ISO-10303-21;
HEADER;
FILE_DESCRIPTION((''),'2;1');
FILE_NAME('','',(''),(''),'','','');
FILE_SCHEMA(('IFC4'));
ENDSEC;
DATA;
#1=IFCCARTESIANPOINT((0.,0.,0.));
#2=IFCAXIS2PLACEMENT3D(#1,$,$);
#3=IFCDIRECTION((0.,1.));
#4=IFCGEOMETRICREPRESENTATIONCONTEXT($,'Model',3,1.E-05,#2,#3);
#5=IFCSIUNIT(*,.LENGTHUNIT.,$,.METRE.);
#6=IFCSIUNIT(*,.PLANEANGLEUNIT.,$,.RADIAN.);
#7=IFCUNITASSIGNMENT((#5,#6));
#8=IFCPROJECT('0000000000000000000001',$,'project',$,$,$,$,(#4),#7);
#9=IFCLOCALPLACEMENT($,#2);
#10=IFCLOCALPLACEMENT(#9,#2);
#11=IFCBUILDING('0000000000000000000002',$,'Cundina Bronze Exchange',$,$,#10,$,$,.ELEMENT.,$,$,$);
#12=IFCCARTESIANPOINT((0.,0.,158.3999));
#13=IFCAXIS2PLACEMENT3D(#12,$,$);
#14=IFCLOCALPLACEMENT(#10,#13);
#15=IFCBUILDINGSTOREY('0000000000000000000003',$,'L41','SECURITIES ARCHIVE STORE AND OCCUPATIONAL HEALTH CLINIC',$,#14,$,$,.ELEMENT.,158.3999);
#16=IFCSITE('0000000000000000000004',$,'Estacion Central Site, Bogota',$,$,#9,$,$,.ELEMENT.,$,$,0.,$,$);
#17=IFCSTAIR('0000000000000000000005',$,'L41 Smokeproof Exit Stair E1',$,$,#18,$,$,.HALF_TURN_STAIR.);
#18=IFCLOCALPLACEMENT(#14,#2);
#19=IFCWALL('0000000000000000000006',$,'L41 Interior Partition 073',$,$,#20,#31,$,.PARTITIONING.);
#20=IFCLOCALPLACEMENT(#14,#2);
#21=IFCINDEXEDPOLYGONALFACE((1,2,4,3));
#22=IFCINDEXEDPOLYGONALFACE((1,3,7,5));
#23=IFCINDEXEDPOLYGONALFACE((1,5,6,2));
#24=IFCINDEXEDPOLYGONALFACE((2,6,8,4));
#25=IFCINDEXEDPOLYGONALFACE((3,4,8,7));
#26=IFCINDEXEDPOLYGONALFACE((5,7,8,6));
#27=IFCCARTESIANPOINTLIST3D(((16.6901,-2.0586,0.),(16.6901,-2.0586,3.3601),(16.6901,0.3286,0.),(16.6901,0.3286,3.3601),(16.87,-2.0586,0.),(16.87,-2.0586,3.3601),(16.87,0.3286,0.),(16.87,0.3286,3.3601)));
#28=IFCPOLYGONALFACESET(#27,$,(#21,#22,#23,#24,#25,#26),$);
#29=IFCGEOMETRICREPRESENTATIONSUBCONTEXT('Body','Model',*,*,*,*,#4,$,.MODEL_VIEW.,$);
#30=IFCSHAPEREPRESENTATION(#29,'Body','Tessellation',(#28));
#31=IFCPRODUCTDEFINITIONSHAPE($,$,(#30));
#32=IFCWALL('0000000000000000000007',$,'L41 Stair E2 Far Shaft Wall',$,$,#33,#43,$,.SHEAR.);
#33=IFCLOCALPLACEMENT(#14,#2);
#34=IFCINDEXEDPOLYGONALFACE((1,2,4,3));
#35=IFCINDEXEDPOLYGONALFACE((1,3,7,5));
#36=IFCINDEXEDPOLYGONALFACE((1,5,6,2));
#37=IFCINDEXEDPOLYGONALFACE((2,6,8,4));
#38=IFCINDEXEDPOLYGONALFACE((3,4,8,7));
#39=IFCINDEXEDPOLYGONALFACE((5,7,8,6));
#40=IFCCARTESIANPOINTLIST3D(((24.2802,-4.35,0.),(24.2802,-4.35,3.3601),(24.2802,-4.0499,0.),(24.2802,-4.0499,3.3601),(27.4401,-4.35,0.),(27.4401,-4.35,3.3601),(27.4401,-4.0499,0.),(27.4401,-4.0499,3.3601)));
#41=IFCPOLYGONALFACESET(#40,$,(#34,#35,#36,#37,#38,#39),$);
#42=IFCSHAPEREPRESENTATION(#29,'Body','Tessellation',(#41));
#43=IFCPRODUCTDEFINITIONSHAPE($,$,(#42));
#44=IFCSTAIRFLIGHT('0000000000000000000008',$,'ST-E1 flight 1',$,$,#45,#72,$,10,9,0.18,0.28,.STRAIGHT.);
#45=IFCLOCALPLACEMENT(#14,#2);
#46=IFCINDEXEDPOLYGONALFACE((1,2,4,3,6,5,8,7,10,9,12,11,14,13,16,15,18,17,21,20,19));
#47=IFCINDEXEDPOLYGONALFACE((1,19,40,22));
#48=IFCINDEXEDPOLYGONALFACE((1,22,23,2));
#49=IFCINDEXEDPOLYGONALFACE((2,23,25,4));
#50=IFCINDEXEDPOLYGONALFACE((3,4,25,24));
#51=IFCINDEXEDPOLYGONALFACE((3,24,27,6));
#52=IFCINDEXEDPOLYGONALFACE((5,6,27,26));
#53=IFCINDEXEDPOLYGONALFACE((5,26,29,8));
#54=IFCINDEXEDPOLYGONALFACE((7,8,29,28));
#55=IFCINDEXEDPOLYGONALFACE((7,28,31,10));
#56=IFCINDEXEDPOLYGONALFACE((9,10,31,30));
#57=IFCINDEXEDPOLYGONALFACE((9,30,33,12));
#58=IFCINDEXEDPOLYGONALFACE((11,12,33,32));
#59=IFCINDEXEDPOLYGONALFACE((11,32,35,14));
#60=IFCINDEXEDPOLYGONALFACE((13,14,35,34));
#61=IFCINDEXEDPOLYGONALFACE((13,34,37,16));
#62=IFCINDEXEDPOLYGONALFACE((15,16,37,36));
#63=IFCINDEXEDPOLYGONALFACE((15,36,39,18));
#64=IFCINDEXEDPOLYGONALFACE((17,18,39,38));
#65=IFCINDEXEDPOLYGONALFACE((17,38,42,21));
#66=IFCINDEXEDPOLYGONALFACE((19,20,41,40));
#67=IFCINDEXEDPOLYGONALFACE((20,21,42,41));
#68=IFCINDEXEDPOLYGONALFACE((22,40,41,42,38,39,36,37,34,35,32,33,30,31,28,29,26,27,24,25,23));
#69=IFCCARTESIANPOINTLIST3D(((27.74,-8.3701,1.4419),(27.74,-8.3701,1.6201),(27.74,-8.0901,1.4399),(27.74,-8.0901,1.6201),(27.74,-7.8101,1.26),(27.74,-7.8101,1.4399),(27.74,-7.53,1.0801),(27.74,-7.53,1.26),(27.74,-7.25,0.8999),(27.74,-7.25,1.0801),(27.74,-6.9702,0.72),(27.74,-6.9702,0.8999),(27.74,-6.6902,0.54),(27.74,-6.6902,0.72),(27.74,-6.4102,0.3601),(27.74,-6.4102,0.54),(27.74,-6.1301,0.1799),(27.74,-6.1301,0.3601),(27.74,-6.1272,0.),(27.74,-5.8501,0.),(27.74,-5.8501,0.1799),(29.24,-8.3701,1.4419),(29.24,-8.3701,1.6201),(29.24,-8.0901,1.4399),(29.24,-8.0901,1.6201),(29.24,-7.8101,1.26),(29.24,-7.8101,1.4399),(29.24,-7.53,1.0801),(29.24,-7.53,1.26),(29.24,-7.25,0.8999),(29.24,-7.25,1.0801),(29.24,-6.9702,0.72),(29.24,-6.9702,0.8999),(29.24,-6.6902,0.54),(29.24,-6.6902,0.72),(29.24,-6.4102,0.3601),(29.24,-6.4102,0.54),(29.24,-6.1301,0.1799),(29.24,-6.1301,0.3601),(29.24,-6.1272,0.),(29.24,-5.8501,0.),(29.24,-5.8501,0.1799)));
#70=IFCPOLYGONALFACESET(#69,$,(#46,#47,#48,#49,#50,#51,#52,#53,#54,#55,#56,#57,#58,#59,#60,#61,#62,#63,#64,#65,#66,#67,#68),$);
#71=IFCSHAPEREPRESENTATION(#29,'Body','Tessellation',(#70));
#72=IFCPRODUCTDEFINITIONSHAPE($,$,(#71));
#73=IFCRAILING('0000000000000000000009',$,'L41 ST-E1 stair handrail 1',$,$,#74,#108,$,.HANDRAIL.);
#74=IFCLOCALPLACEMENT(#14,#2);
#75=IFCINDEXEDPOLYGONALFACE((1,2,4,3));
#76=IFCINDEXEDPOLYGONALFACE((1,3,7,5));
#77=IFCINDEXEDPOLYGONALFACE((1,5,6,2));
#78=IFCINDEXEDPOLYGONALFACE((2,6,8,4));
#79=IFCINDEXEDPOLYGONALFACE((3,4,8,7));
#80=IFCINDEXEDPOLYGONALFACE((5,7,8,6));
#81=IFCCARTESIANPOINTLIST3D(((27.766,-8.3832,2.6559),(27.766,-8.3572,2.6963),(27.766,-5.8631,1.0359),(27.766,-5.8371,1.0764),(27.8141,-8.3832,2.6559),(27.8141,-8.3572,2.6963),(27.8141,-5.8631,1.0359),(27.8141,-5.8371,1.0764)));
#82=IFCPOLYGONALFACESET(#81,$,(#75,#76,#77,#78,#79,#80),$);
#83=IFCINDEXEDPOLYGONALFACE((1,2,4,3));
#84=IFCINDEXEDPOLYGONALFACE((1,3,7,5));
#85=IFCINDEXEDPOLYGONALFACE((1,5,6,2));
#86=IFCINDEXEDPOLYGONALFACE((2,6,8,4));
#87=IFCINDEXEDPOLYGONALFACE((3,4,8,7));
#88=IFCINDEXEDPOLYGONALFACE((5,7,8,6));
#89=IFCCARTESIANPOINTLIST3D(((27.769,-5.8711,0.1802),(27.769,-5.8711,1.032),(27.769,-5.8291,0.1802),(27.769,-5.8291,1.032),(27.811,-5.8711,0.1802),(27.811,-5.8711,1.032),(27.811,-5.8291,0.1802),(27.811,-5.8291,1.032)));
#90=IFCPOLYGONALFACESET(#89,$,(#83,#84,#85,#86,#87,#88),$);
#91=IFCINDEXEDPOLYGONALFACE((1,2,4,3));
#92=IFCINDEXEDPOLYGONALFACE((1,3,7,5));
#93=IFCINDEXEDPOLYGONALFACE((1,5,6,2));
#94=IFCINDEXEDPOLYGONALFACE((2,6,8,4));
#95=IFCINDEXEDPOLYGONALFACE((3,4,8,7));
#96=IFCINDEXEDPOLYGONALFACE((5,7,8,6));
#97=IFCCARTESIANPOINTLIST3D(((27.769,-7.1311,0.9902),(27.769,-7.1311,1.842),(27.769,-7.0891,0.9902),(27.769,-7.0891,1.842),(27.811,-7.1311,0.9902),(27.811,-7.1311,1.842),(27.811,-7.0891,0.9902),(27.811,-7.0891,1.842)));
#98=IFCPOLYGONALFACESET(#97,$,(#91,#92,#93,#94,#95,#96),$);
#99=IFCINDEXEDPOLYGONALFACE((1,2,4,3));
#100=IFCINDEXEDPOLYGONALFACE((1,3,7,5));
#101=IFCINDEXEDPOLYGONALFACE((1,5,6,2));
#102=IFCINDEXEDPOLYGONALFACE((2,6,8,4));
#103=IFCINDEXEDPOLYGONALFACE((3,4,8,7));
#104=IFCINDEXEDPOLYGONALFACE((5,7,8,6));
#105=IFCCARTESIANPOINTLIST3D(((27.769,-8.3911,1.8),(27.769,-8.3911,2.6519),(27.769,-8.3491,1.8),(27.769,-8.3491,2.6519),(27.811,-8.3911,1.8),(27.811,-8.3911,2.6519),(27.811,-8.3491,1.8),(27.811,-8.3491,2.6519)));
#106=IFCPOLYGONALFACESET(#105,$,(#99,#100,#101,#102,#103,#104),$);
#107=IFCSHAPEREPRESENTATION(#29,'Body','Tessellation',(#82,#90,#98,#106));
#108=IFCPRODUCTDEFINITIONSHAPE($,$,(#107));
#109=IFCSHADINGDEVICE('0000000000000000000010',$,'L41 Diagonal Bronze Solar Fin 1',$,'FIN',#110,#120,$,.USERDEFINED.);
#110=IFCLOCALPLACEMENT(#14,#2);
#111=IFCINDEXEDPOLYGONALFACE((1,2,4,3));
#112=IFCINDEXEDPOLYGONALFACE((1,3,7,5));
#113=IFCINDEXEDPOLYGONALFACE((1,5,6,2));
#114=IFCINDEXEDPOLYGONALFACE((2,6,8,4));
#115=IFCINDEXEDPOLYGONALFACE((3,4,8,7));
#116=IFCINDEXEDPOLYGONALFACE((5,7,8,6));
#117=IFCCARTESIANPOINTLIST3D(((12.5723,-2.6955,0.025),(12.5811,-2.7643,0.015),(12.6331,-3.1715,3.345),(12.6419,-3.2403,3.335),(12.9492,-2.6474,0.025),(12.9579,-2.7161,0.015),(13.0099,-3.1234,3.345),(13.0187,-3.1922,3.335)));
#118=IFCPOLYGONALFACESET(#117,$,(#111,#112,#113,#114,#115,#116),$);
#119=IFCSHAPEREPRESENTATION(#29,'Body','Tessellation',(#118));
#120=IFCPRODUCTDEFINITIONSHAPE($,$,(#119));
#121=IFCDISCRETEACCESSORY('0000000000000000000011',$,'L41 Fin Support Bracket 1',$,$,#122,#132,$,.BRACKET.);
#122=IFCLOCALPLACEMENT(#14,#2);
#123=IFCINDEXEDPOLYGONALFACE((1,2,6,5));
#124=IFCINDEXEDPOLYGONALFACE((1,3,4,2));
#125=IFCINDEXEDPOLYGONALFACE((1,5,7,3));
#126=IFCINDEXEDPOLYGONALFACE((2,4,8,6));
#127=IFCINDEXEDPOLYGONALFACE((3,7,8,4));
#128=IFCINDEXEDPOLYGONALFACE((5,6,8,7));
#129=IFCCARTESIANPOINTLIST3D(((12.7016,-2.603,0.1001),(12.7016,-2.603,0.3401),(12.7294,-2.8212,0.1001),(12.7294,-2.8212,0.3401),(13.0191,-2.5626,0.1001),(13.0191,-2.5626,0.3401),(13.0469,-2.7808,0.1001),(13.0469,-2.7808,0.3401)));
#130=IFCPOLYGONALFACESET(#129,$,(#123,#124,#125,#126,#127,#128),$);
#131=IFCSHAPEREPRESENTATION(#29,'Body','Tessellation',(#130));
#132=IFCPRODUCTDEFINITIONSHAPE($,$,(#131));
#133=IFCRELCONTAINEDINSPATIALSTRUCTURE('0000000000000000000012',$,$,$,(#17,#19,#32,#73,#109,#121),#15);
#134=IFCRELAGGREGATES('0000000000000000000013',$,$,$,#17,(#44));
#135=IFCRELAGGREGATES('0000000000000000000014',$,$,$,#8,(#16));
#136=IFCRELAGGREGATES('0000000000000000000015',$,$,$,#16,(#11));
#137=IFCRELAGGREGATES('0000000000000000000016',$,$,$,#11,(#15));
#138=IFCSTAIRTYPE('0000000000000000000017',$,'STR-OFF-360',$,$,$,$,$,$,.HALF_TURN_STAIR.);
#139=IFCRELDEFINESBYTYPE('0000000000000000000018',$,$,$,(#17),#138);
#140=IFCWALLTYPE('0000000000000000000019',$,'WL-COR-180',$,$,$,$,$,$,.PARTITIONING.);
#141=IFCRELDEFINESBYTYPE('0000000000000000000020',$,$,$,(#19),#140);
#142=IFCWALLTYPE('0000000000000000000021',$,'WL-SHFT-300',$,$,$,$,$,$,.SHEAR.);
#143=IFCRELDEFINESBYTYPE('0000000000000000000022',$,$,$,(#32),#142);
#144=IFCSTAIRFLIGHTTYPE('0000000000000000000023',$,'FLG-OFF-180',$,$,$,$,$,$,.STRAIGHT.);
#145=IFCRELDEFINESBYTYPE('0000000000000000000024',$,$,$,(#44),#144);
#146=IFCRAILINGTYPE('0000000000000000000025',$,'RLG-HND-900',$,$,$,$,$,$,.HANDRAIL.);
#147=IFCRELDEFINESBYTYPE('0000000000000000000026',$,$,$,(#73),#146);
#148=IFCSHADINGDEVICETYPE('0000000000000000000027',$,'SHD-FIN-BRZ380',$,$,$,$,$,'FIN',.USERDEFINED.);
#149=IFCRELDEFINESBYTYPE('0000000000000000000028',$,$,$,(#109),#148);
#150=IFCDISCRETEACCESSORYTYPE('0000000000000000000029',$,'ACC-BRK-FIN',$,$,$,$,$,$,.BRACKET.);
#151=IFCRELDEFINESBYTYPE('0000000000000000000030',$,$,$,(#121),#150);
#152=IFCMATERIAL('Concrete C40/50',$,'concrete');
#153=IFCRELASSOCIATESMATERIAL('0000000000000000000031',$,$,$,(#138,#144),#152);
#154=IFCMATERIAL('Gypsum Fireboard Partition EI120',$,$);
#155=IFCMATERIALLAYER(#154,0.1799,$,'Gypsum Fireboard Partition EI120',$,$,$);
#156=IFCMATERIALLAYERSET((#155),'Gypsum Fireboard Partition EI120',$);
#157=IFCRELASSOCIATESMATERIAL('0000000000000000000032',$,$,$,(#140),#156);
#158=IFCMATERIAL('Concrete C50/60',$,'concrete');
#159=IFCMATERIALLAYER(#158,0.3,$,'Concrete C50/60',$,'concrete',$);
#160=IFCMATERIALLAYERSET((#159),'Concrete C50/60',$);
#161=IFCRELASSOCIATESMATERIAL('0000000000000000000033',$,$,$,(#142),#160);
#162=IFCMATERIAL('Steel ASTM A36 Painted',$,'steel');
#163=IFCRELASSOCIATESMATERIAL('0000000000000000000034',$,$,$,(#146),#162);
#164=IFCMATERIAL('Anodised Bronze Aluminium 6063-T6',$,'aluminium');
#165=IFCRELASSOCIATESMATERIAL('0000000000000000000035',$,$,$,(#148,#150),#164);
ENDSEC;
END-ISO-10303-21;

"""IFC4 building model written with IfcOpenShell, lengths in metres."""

from ifc_helpers import new_model, si_unit, direction, frame, frame_2d, origin, origin_2d, place, context, subcontext, project, spatial, polyline, rectangle, outline, extrude, material, layer, layer_set, material_profile, profile_set, type_object, element, aggregate, save


model = new_model("IFC4")

# Units and contexts
model_context = context("Model", 3, precision=1e-05, world=origin(), true_north=direction((0.0, 1.0)))
body_context = subcontext(model_context, "Body", "Model", "MODEL_VIEW")
ifc_project = project(units=[si_unit("LENGTHUNIT", "METRE"), si_unit("PLANEANGLEUNIT", "RADIAN")], contexts=[model_context])

# Site, building, storey
site_placement = place(None, origin())
site = spatial("IfcSite", under=ifc_project, at=site_placement, Name="Estacion Central Site, Bogota", CompositionType="ELEMENT", RefElevation=0.0)
building_placement = place(site_placement, origin())
building = spatial("IfcBuilding", under=site, at=building_placement, Name="Cundina Bronze Exchange", CompositionType="ELEMENT")
storey_placement = place(building_placement, frame((0.0, 0.0, 158.3999)))
storey = spatial("IfcBuildingStorey", under=building, at=storey_placement, Name="L41", Description="SECURITIES ARCHIVE STORE AND OCCUPATIONAL HEALTH CLINIC", CompositionType="ELEMENT", Elevation=158.3999)

# Shared definitions
ifc_material_1 = material(Name="Concrete C50/60", Category="concrete")

# Shared definitions
ifc_material_2 = material(Name="Anodised Bronze Aluminium 6063-T6", Category="aluminium")

# Stair
ifc_material_3 = material(Name="Concrete C40/50", Category="concrete")
stair_type = type_object("IfcStairType", Name="STR-OFF-360", PredefinedType="HALF_TURN_STAIR", material=ifc_material_3)
stair_1_placement = place(storey_placement, origin())
stair_1 = element("IfcStair", 1, at=stair_1_placement, inside=storey, type_object=stair_type, Name="L41 Smokeproof Exit Stair E1", PredefinedType="HALF_TURN_STAIR")

# Shared definitions
ifc_material_4 = material(Name="Gypsum Fireboard Partition EI120")
ifc_layer_1 = layer(ifc_material_4, 0.1799, Name="Gypsum Fireboard Partition EI120")
ifc_layer_set_1 = layer_set([ifc_layer_1], Name="Gypsum Fireboard Partition EI120")
wall_type_1 = type_object("IfcWallType", Name="WL-COR-180", PredefinedType="PARTITIONING", material=ifc_layer_set_1)
ifc_material_5 = material(Name="Steel ASTM A36 Painted", Category="steel")

# Wall
wall_1_placement = place(storey_placement, frame((16.78, 0.3286, 0.0), z_axis=(0.0, 0.0, 1.0), x_axis=(0.0, -1.0, 0.0)))
element("IfcWall", 2, at=wall_1_placement, inside=storey, type_object=wall_type_1, Name="L41 Interior Partition 073", PredefinedType="PARTITIONING", context=body_context, shape_type="SweptSolid", body=[
    extrude(rectangle(XDim=2.3872, YDim=0.1799, at=frame_2d((1.1936, 0.0))), origin(), (0.0, 0.0, 1.0), 3.3601),
])

# Shared definitions
ifc_layer_2 = layer(ifc_material_1, 0.3, Name="Concrete C50/60", Category="concrete")
ifc_layer_set_2 = layer_set([ifc_layer_2], Name="Concrete C50/60")
wall_type_2 = type_object("IfcWallType", Name="WL-SHFT-300", PredefinedType="SHEAR", material=ifc_layer_set_2)

# Wall
wall_2_placement = place(storey_placement, frame((24.28, -4.2, 0.0), z_axis=(0.0, 0.0, 1.0), x_axis=(1.0, 0.0, 0.0)))
element("IfcWall", 3, at=wall_2_placement, inside=storey, type_object=wall_type_2, Name="L41 Stair E2 Far Shaft Wall", PredefinedType="SHEAR", context=body_context, shape_type="SweptSolid", body=[
    extrude(rectangle(XDim=3.1599, YDim=0.3, at=frame_2d((1.5801, 0.0))), origin(), (0.0, 0.0, 1.0), 3.3601),
])

# Stair flight
stair_flight_type = type_object("IfcStairFlightType", Name="FLG-OFF-180", PredefinedType="STRAIGHT", material=ifc_material_3)
stair_flight_placement = place(storey_placement, frame((28.49, -5.8501, 0.0), z_axis=(0.0, 0.0, 1.0), x_axis=(0.0, -1.0, 0.0)))
stair_flight = element("IfcStairFlight", 4, at=stair_flight_placement, type_object=stair_flight_type, Name="ST-E1 flight 1", NumberOfRisers=10, NumberOfTreads=9, PredefinedType="STRAIGHT", RiserHeight=0.18, TreadLength=0.28, context=body_context, shape_type="SweptSolid", body=[
    extrude(outline(polyline([(0.0, 0.0), (0.0, 0.1799), (0.28, 0.1799), (0.28, 0.3601), (0.5601, 0.3601), (0.5601, 0.54), (0.8401, 0.54), (0.8401, 0.72), (1.1201, 0.72), (1.1201, 0.8999), (1.3999, 0.8999), (1.3999, 1.0801), (1.6799, 1.0801), (1.6799, 1.26), (1.96, 1.26), (1.96, 1.4399), (2.24, 1.4399), (2.24, 1.6201), (2.52, 1.6201), (2.52, 1.8), (2.52, 1.4419), (0.2771, 0.0), (0.0, 0.0)])), frame((0.0, 0.75, 0.0), z_axis=(0.0, -1.0, 0.0), x_axis=(1.0, 0.0, 0.0)), (0.0, 0.0, 1.0), 1.5),
])
aggregate(stair_1, [stair_flight])

# Railing
railing_type = type_object("IfcRailingType", Name="RLG-HND-900", PredefinedType="HANDRAIL", material=ifc_material_5)
railing_placement = place(storey_placement, frame((27.79, -5.8501, 0.1802)))
element("IfcRailing", 5, at=railing_placement, inside=storey, type_object=railing_type, Name="L41 ST-E1 stair handrail 1", PredefinedType="HANDRAIL", context=body_context, shape_type="SweptSolid", body=[
    extrude(rectangle(XDim=0.0481, YDim=0.0481, at=origin_2d()), frame((0.0, 0.0, 0.876), z_axis=(0.0, -0.8412, 0.540725), x_axis=(1.0, 0.0, 0.0)), (0.0, 0.0, 1.0), 2.9958),
    extrude(rectangle(XDim=0.042, YDim=0.042, at=origin_2d()), origin(), (0.0, 0.0, 1.0), 0.8518),
    extrude(rectangle(XDim=0.042, YDim=0.042, at=origin_2d()), frame((0.0, -1.26, 0.8101)), (0.0, 0.0, 1.0), 0.8518),
    extrude(rectangle(XDim=0.042, YDim=0.042, at=origin_2d()), frame((0.0, -2.52, 1.6199)), (0.0, 0.0, 1.0), 0.8518),
])

# Shading device
ifc_material_profile_1 = material_profile(ifc_material_2, rectangle(XDim=0.0701, YDim=0.3799, at=origin_2d()), Name="FIN70X380", Category="aluminium")
ifc_profile_set_1 = profile_set([ifc_material_profile_1], Name="Anodised Bronze Aluminium 6063-T6")
shading_device_type = type_object("IfcShadingDeviceType", Name="SHD-FIN-BRZ380", ElementType="FIN", PredefinedType="USERDEFINED", material=ifc_profile_set_1)
shading_device_placement = place(storey_placement, frame((12.7651, -2.7058, 0.02), z_axis=(0.018122, -0.141918, 0.989713), x_axis=(-0.125361, 0.981741, 0.14307)))
element("IfcShadingDevice", 6, at=shading_device_placement, inside=storey, type_object=shading_device_type, Name="L41 Diagonal Bronze Solar Fin 1", ObjectType="FIN", PredefinedType="USERDEFINED", context=body_context, shape_type="SweptSolid", body=[
    extrude(rectangle(XDim=0.0701, YDim=0.3799, at=origin_2d()), origin(), (0.0, 0.0, 1.0), 3.3545),
])

# Discrete accessory
discrete_accessory_type = type_object("IfcDiscreteAccessoryType", Name="ACC-BRK-FIN", PredefinedType="BRACKET", material=ifc_material_2)
discrete_accessory_placement = place(storey_placement, frame((12.8743, -2.6919, 0.1001), z_axis=(0.0, 0.0, 1.0), x_axis=(0.126476, -0.99197, 0.0)))
element("IfcDiscreteAccessory", 7, at=discrete_accessory_placement, inside=storey, type_object=discrete_accessory_type, Name="L41 Fin Support Bracket 1", PredefinedType="BRACKET", context=body_context, shape_type="SweptSolid", body=[
    extrude(rectangle(XDim=0.22, YDim=0.3201, at=origin_2d()), origin(), (0.0, 0.0, 1.0), 0.24),
])

save(model, "model.ifc")
